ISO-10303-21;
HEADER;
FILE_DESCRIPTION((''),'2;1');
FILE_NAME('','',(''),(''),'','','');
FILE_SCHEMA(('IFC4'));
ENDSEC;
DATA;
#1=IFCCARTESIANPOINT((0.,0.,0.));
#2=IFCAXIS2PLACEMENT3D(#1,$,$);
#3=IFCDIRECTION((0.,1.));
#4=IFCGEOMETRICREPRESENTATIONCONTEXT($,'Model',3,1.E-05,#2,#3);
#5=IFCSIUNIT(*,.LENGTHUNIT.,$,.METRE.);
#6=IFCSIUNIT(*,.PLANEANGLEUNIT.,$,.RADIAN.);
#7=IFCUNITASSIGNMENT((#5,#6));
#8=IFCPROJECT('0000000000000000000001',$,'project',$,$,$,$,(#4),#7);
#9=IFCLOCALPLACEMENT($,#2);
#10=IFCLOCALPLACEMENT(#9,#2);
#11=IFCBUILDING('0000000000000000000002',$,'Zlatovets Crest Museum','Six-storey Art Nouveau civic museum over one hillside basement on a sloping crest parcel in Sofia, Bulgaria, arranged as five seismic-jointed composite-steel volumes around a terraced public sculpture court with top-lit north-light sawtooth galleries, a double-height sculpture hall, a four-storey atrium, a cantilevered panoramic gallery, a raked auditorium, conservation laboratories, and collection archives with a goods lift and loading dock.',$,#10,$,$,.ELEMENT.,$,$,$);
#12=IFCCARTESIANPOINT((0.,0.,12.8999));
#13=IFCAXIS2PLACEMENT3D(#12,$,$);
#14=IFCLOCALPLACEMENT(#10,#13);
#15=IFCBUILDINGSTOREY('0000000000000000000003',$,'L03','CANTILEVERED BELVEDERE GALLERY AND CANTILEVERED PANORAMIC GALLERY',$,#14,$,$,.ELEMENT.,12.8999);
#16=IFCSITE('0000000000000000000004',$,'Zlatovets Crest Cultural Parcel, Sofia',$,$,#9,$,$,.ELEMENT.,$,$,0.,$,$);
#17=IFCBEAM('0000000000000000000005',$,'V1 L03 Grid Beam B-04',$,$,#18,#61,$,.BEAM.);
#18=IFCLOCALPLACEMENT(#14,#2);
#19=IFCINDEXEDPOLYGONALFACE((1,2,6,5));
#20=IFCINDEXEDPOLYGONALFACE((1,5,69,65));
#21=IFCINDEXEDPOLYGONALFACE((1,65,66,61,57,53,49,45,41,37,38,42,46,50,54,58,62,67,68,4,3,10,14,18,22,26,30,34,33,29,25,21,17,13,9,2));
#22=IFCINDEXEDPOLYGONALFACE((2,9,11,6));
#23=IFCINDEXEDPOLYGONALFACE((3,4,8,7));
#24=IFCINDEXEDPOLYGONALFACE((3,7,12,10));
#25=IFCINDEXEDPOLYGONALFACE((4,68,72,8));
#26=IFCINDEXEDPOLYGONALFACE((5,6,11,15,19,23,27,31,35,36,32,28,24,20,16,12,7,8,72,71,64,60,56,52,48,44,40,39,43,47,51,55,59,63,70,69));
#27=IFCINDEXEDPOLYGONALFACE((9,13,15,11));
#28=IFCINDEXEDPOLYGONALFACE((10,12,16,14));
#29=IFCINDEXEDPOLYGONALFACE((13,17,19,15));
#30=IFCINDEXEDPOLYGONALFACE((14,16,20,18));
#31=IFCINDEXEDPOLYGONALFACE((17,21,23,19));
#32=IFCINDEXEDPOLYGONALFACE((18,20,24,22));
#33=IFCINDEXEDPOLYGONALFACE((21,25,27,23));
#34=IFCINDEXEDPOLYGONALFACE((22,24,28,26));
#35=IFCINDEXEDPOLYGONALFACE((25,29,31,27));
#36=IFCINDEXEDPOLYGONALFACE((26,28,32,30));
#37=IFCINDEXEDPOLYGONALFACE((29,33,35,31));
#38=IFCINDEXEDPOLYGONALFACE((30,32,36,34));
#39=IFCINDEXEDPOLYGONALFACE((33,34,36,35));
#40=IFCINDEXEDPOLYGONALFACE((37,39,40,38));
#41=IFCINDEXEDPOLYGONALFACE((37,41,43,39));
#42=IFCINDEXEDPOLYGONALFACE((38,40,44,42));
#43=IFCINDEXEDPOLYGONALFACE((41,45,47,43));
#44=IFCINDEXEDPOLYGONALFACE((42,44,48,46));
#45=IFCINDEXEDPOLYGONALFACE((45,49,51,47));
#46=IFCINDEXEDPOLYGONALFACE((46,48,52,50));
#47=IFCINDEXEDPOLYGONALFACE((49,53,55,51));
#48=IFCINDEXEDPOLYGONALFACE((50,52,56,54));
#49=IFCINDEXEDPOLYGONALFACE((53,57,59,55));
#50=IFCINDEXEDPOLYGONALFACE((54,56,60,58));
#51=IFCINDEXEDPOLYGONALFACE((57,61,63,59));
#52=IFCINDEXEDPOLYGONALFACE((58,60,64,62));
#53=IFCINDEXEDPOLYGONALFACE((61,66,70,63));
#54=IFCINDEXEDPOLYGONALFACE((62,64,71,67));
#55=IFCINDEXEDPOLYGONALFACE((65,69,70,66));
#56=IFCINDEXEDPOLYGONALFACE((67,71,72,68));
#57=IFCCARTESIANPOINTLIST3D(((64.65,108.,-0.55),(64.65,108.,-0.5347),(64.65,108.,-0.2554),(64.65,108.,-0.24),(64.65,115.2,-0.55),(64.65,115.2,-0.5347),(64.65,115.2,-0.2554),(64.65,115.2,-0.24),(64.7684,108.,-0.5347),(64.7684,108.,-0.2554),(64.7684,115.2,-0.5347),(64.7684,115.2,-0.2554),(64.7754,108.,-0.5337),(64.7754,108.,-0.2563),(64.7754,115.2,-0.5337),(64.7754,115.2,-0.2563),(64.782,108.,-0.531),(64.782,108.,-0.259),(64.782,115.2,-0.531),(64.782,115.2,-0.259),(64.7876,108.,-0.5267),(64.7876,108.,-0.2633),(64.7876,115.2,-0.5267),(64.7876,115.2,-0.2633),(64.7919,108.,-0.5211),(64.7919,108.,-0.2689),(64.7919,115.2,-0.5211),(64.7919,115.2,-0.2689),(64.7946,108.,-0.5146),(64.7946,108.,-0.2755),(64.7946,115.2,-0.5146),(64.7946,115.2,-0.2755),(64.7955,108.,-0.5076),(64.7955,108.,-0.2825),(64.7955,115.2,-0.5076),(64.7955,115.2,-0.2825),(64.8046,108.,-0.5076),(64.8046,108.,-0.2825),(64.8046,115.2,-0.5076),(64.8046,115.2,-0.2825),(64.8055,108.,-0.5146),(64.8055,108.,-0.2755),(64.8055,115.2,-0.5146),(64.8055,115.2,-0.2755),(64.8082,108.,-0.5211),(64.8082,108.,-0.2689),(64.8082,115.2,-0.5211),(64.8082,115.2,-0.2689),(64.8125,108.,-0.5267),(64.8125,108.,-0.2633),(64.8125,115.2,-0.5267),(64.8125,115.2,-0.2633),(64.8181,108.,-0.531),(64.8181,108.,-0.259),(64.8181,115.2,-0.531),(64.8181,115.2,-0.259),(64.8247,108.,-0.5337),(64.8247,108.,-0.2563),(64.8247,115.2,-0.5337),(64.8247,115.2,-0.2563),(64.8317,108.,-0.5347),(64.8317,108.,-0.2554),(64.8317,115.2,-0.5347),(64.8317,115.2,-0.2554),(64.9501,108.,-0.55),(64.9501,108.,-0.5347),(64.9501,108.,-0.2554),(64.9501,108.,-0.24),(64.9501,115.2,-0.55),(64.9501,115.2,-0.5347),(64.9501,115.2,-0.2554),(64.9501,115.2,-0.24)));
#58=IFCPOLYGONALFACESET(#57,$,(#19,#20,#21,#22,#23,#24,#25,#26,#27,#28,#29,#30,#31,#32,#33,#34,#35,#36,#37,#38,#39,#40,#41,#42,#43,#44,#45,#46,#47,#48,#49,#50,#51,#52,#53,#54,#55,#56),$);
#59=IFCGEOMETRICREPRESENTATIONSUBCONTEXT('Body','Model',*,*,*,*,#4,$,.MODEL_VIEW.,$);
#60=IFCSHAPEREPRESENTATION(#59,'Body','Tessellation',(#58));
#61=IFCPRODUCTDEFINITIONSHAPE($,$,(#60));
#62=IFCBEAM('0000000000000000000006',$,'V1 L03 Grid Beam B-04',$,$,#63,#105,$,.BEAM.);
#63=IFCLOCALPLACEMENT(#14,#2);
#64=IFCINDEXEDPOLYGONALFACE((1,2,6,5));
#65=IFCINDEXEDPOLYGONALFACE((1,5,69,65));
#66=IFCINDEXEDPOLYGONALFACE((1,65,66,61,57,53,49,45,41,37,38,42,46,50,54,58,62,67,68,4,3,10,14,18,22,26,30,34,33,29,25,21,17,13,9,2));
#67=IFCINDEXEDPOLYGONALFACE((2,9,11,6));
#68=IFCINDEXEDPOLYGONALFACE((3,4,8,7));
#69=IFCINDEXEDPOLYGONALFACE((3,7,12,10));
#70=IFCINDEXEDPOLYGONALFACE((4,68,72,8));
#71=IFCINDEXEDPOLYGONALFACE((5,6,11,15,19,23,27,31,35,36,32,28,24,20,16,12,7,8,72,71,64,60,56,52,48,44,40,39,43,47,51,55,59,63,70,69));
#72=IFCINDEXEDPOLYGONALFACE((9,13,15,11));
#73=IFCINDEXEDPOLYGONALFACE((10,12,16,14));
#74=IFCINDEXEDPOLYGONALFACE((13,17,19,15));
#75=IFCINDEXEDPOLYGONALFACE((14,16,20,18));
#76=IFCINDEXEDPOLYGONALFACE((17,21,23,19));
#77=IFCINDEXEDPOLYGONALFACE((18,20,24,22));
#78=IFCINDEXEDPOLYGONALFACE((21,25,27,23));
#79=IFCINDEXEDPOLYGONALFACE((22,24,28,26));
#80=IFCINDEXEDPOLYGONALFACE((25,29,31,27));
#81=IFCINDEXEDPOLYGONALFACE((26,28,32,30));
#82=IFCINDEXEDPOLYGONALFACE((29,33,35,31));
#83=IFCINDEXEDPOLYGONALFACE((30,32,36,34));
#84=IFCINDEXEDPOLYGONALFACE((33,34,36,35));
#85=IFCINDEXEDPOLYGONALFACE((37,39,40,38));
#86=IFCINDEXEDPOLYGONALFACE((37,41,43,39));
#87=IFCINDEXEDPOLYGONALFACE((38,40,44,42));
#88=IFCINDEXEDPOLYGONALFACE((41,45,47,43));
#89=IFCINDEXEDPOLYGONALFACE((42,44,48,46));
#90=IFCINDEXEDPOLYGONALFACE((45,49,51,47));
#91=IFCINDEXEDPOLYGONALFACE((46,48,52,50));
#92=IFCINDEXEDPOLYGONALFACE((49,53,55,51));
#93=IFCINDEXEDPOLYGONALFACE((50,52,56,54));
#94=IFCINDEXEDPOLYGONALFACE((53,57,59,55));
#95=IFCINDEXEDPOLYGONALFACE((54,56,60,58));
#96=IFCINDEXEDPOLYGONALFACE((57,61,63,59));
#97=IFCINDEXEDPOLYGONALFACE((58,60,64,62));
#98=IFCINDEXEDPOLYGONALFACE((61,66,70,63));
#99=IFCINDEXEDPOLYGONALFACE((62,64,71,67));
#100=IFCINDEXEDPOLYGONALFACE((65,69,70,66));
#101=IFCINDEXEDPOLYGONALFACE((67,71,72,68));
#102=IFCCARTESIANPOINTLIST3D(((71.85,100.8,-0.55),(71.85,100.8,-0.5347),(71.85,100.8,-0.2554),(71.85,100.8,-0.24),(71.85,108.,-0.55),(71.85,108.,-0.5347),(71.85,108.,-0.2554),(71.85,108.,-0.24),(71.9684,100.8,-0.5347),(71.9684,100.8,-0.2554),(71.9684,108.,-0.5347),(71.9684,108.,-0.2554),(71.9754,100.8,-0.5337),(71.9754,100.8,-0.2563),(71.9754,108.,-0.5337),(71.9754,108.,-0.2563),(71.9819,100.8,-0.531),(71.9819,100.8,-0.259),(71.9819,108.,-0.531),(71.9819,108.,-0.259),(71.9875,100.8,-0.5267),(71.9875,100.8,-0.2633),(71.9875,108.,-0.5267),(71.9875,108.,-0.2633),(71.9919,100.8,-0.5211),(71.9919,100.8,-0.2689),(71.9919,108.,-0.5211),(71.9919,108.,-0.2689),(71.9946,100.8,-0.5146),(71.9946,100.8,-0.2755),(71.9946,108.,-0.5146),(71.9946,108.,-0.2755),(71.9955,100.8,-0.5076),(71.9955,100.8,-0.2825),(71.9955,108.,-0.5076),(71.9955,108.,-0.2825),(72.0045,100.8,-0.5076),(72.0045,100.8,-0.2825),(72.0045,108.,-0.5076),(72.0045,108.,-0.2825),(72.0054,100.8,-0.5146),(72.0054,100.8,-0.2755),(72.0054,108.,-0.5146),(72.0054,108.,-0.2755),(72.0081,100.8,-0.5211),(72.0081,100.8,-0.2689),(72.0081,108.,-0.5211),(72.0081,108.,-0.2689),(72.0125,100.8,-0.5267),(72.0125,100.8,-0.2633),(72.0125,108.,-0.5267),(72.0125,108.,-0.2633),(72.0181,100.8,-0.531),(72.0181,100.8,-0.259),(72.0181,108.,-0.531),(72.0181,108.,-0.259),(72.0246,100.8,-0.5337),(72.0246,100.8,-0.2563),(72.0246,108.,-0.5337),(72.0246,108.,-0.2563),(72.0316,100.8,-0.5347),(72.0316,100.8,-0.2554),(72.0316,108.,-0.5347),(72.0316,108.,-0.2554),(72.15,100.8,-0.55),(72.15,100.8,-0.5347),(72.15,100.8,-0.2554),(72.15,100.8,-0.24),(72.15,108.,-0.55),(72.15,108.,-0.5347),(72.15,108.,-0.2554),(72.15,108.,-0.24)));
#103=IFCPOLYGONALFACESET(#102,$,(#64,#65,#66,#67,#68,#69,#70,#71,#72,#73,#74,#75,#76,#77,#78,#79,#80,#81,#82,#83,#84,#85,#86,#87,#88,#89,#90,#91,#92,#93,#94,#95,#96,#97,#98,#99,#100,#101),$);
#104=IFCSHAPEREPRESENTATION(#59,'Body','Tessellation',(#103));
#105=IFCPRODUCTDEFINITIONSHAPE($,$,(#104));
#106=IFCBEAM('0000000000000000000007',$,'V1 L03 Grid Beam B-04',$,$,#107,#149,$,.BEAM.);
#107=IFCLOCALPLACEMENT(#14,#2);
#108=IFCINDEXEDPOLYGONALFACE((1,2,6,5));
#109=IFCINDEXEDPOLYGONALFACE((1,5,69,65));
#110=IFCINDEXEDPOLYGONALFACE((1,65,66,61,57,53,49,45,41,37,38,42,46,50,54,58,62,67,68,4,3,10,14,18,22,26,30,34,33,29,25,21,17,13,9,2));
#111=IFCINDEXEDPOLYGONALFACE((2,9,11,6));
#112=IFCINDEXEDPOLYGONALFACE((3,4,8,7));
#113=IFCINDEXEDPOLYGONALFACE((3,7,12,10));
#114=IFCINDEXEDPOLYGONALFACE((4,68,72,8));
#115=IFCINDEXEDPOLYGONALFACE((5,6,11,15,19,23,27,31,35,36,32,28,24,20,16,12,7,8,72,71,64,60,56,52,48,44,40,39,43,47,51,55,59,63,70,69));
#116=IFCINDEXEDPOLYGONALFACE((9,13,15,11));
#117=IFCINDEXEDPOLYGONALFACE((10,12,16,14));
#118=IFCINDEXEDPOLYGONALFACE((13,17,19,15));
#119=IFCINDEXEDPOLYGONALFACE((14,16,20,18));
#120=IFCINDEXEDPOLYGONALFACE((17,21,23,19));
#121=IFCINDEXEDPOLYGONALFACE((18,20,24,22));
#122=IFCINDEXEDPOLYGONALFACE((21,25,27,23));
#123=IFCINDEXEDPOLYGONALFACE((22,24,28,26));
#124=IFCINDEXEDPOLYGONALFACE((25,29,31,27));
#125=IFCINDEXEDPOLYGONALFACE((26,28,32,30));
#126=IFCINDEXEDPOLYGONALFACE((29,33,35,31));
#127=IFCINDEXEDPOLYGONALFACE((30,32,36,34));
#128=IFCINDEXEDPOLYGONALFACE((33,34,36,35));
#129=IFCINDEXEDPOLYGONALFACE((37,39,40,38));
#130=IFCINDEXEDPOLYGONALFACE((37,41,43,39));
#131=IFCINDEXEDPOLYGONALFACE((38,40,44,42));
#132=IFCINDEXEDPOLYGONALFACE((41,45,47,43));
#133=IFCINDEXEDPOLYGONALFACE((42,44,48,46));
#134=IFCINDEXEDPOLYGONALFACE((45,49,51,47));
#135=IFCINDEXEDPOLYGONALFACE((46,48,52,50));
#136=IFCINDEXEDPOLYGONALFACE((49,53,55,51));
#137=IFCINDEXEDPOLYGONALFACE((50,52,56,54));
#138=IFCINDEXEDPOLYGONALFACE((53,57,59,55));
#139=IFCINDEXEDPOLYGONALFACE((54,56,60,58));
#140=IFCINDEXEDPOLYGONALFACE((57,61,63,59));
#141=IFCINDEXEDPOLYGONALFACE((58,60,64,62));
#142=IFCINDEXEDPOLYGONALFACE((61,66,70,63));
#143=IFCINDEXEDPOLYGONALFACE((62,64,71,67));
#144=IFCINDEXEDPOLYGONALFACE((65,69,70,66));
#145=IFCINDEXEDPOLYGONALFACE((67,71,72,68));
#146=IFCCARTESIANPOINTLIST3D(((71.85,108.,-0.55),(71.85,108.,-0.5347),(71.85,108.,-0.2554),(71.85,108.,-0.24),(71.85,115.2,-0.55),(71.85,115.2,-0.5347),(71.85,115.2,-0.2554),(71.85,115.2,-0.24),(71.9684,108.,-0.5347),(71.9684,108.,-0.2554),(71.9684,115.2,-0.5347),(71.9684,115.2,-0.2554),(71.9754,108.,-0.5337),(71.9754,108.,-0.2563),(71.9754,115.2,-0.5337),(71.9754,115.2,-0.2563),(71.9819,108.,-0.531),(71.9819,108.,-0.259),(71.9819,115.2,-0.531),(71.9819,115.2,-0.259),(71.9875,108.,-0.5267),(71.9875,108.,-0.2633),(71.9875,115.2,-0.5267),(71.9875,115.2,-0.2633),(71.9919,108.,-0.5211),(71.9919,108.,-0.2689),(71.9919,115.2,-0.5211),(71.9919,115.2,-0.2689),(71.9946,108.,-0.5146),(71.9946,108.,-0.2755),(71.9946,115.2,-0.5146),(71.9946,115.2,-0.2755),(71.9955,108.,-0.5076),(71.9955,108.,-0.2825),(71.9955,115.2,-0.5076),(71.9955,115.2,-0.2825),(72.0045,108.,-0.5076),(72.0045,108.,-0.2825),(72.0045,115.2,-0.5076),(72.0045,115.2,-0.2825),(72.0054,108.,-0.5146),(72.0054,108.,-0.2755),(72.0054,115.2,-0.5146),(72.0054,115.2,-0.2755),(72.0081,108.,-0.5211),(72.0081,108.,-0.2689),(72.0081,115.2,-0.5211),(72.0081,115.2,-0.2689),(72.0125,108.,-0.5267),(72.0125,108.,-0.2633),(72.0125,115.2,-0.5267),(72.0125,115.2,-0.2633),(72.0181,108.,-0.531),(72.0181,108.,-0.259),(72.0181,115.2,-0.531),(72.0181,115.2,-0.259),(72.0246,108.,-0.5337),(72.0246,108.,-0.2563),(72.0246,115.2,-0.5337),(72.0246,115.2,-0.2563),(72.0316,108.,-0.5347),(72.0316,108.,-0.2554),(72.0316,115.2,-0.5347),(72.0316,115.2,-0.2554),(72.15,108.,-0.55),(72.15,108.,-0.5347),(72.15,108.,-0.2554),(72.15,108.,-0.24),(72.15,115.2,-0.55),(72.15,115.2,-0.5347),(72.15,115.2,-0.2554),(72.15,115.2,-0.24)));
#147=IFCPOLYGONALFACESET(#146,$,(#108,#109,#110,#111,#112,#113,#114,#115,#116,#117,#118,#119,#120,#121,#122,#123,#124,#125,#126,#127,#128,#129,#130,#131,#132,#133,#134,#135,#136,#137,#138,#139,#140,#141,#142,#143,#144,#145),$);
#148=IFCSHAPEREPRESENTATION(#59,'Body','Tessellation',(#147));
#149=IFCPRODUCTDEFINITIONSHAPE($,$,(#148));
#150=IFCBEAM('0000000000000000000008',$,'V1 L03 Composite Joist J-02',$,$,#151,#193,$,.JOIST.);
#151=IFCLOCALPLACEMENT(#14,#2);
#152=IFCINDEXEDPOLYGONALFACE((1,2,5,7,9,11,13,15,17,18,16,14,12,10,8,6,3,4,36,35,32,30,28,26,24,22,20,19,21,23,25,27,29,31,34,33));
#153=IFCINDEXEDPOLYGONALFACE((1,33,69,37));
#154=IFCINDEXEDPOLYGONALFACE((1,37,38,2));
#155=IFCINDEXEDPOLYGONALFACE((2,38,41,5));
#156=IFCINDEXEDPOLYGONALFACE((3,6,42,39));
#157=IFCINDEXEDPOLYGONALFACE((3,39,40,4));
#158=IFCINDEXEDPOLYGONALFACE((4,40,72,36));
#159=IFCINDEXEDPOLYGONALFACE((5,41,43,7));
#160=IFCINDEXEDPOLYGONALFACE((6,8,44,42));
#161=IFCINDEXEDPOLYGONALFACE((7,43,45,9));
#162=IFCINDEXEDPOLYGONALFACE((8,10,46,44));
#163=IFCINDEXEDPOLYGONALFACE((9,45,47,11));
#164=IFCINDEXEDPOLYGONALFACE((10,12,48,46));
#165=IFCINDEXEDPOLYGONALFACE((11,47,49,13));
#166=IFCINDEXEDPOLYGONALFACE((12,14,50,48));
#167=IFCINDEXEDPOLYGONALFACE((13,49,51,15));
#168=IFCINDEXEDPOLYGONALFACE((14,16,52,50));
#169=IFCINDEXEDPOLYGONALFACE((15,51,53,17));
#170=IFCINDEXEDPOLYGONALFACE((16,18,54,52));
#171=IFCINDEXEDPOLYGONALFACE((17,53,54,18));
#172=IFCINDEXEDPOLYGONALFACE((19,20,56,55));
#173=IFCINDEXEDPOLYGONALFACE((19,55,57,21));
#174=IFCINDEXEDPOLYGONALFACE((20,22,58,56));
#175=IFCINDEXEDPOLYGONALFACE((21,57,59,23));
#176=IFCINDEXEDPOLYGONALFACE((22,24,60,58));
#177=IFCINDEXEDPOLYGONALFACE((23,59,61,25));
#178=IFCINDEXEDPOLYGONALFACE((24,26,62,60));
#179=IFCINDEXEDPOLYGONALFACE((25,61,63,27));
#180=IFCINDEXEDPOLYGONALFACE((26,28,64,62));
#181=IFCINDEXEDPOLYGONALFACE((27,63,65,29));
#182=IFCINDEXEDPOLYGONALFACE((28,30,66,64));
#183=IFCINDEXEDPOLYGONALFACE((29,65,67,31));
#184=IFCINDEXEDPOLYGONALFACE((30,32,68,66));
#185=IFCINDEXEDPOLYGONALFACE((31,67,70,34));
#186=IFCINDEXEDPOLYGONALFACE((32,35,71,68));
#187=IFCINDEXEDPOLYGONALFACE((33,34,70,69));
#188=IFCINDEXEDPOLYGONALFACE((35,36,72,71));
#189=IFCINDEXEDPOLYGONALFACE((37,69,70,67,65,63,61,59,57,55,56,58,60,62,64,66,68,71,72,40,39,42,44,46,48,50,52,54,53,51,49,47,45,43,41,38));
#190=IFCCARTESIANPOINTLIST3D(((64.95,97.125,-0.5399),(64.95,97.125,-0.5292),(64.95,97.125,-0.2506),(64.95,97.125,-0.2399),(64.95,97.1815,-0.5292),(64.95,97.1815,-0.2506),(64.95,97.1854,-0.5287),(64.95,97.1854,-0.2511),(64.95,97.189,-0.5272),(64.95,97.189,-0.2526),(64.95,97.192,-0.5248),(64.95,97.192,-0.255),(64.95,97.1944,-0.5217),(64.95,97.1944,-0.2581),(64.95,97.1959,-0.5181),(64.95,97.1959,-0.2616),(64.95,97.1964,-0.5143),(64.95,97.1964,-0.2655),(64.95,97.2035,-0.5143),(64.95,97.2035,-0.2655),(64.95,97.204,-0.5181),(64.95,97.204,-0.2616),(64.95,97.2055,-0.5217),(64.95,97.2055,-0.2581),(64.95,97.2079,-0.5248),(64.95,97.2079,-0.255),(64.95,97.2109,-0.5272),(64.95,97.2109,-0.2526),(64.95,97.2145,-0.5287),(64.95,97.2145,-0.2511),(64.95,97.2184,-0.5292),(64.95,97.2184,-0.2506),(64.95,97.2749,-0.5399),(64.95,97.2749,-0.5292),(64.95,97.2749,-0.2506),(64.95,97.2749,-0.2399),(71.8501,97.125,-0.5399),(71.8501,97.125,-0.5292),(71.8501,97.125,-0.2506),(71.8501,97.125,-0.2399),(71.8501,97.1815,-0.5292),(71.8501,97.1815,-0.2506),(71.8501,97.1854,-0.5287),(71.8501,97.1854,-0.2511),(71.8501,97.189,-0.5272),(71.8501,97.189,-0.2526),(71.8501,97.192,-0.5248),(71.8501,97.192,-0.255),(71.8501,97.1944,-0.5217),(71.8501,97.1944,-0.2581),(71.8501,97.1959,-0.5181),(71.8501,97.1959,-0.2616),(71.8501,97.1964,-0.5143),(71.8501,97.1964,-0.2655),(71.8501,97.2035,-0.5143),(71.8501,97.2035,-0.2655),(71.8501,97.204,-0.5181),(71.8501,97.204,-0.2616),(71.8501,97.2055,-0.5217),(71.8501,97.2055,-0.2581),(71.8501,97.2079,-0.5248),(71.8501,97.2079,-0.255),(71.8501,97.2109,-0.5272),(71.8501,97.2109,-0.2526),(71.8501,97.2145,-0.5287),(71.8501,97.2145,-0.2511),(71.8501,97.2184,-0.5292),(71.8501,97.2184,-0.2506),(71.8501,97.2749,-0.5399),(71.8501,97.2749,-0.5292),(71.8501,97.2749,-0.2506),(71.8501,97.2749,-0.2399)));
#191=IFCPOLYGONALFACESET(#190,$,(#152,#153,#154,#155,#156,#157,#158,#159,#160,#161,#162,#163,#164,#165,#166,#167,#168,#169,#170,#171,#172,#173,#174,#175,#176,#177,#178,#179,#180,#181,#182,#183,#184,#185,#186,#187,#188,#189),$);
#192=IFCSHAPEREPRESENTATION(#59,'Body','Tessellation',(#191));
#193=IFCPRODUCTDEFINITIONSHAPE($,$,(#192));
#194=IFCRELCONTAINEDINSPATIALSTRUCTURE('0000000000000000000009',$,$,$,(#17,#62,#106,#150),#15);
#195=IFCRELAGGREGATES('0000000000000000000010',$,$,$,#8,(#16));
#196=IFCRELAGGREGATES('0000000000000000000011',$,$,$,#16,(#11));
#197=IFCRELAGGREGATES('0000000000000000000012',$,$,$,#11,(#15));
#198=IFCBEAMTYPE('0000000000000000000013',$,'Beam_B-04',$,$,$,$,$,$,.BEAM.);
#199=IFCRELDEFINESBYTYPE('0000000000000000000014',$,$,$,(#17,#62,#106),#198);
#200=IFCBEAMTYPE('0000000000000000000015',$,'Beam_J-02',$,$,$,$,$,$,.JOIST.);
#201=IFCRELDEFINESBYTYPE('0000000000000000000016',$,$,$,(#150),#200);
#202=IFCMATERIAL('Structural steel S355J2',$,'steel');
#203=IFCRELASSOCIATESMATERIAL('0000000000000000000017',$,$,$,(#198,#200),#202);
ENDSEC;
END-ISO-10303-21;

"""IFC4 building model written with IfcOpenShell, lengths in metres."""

from ifc_helpers import new_model, si_unit, direction, frame, origin, origin_2d, place, context, subcontext, project, spatial, i_section, extrude, material, material_profile, profile_set, type_object, element, save


model = new_model("IFC4")

# Units and contexts
model_context = context("Model", 3, precision=1e-05, world=origin(), true_north=direction((0.0, 1.0)))
body_context = subcontext(model_context, "Body", "Model", "MODEL_VIEW")
ifc_project = project(units=[si_unit("LENGTHUNIT", "METRE"), si_unit("PLANEANGLEUNIT", "RADIAN")], contexts=[model_context])

# Site, building, storey
site_placement = place(None, origin())
site = spatial("IfcSite", under=ifc_project, at=site_placement, Name="Zlatovets Crest Cultural Parcel, Sofia", CompositionType="ELEMENT", RefElevation=0.0)
building_placement = place(site_placement, origin())
building = spatial("IfcBuilding", under=site, at=building_placement, Name="Zlatovets Crest Museum", Description="Six-storey Art Nouveau civic museum over one hillside basement on a sloping crest parcel in Sofia, Bulgaria, arranged as five seismic-jointed composite-steel volumes around a terraced public sculpture court with top-lit north-light sawtooth galleries, a double-height sculpture hall, a four-storey atrium, a cantilevered panoramic gallery, a raked auditorium, conservation laboratories, and collection archives with a goods lift and loading dock.", CompositionType="ELEMENT")
storey_placement = place(building_placement, frame((0.0, 0.0, 12.8999)))
storey = spatial("IfcBuildingStorey", under=building, at=storey_placement, Name="L03", Description="CANTILEVERED BELVEDERE GALLERY AND CANTILEVERED PANORAMIC GALLERY", CompositionType="ELEMENT", Elevation=12.8999)

# Shared definitions
ifc_material_1 = material(Name="Structural steel S355J2", Category="steel")

# Beams
ifc_material_profile_1 = material_profile(ifc_material_1, i_section(OverallWidth=0.3, OverallDepth=0.3101, WebThickness=0.009, FlangeThickness=0.0154, FilletRadius=0.0271, at=origin_2d()), Name="HEA 320")
ifc_profile_set_1 = profile_set([ifc_material_profile_1], Name="Structural steel S355J2")
beam_type_1 = type_object("IfcBeamType", Name="Beam_B-04", PredefinedType="BEAM", material=ifc_profile_set_1)
for number, where, z_axis, x_axis, name in (
    (1, (64.8, 108.0, -0.395), (0.0, 1.0, 0.0), (-1.0, 0.0, 0.0), "V1 L03 Grid Beam B-04"),
    (2, (72.0, 100.8, -0.395), (0.0, 1.0, 0.0), (-1.0, 0.0, 0.0), "V1 L03 Grid Beam B-04"),
    (3, (72.0, 108.0, -0.395), (0.0, 1.0, 0.0), (-1.0, 0.0, 0.0), "V1 L03 Grid Beam B-04"),
):
    element("IfcBeam", number, at=place(storey_placement, frame(where, z_axis=z_axis, x_axis=x_axis)), inside=storey, type_object=beam_type_1, Name=name, PredefinedType="BEAM", context=body_context, shape_type="SweptSolid", body=[
        extrude(i_section(OverallWidth=0.3, OverallDepth=0.3101, WebThickness=0.009, FlangeThickness=0.0154, FilletRadius=0.0271, at=origin_2d()), origin(), (0.0, 0.0, 1.0), 7.2),
    ])
ifc_material_profile_2 = material_profile(ifc_material_1, i_section(OverallWidth=0.1499, OverallDepth=0.3, WebThickness=0.0071, FlangeThickness=0.0107, FilletRadius=0.0149, at=origin_2d()), Name="IPE 300")
ifc_profile_set_2 = profile_set([ifc_material_profile_2], Name="Structural steel S355J2")
beam_type_2 = type_object("IfcBeamType", Name="Beam_J-02", PredefinedType="JOIST", material=ifc_profile_set_2)
for number, where, z_axis, x_axis, name in (
    (4, (64.95, 97.2, -0.3899), (1.0, 0.0, 0.0), (0.0, 1.0, 0.0), "V1 L03 Composite Joist J-02"),
):
    element("IfcBeam", number, at=place(storey_placement, frame(where, z_axis=z_axis, x_axis=x_axis)), inside=storey, type_object=beam_type_2, Name=name, PredefinedType="JOIST", context=body_context, shape_type="SweptSolid", body=[
        extrude(i_section(OverallWidth=0.1499, OverallDepth=0.3, WebThickness=0.0071, FlangeThickness=0.0107, FilletRadius=0.0149, at=origin_2d()), origin(), (0.0, 0.0, 1.0), 6.9001),
    ])

save(model, "model.ifc")
